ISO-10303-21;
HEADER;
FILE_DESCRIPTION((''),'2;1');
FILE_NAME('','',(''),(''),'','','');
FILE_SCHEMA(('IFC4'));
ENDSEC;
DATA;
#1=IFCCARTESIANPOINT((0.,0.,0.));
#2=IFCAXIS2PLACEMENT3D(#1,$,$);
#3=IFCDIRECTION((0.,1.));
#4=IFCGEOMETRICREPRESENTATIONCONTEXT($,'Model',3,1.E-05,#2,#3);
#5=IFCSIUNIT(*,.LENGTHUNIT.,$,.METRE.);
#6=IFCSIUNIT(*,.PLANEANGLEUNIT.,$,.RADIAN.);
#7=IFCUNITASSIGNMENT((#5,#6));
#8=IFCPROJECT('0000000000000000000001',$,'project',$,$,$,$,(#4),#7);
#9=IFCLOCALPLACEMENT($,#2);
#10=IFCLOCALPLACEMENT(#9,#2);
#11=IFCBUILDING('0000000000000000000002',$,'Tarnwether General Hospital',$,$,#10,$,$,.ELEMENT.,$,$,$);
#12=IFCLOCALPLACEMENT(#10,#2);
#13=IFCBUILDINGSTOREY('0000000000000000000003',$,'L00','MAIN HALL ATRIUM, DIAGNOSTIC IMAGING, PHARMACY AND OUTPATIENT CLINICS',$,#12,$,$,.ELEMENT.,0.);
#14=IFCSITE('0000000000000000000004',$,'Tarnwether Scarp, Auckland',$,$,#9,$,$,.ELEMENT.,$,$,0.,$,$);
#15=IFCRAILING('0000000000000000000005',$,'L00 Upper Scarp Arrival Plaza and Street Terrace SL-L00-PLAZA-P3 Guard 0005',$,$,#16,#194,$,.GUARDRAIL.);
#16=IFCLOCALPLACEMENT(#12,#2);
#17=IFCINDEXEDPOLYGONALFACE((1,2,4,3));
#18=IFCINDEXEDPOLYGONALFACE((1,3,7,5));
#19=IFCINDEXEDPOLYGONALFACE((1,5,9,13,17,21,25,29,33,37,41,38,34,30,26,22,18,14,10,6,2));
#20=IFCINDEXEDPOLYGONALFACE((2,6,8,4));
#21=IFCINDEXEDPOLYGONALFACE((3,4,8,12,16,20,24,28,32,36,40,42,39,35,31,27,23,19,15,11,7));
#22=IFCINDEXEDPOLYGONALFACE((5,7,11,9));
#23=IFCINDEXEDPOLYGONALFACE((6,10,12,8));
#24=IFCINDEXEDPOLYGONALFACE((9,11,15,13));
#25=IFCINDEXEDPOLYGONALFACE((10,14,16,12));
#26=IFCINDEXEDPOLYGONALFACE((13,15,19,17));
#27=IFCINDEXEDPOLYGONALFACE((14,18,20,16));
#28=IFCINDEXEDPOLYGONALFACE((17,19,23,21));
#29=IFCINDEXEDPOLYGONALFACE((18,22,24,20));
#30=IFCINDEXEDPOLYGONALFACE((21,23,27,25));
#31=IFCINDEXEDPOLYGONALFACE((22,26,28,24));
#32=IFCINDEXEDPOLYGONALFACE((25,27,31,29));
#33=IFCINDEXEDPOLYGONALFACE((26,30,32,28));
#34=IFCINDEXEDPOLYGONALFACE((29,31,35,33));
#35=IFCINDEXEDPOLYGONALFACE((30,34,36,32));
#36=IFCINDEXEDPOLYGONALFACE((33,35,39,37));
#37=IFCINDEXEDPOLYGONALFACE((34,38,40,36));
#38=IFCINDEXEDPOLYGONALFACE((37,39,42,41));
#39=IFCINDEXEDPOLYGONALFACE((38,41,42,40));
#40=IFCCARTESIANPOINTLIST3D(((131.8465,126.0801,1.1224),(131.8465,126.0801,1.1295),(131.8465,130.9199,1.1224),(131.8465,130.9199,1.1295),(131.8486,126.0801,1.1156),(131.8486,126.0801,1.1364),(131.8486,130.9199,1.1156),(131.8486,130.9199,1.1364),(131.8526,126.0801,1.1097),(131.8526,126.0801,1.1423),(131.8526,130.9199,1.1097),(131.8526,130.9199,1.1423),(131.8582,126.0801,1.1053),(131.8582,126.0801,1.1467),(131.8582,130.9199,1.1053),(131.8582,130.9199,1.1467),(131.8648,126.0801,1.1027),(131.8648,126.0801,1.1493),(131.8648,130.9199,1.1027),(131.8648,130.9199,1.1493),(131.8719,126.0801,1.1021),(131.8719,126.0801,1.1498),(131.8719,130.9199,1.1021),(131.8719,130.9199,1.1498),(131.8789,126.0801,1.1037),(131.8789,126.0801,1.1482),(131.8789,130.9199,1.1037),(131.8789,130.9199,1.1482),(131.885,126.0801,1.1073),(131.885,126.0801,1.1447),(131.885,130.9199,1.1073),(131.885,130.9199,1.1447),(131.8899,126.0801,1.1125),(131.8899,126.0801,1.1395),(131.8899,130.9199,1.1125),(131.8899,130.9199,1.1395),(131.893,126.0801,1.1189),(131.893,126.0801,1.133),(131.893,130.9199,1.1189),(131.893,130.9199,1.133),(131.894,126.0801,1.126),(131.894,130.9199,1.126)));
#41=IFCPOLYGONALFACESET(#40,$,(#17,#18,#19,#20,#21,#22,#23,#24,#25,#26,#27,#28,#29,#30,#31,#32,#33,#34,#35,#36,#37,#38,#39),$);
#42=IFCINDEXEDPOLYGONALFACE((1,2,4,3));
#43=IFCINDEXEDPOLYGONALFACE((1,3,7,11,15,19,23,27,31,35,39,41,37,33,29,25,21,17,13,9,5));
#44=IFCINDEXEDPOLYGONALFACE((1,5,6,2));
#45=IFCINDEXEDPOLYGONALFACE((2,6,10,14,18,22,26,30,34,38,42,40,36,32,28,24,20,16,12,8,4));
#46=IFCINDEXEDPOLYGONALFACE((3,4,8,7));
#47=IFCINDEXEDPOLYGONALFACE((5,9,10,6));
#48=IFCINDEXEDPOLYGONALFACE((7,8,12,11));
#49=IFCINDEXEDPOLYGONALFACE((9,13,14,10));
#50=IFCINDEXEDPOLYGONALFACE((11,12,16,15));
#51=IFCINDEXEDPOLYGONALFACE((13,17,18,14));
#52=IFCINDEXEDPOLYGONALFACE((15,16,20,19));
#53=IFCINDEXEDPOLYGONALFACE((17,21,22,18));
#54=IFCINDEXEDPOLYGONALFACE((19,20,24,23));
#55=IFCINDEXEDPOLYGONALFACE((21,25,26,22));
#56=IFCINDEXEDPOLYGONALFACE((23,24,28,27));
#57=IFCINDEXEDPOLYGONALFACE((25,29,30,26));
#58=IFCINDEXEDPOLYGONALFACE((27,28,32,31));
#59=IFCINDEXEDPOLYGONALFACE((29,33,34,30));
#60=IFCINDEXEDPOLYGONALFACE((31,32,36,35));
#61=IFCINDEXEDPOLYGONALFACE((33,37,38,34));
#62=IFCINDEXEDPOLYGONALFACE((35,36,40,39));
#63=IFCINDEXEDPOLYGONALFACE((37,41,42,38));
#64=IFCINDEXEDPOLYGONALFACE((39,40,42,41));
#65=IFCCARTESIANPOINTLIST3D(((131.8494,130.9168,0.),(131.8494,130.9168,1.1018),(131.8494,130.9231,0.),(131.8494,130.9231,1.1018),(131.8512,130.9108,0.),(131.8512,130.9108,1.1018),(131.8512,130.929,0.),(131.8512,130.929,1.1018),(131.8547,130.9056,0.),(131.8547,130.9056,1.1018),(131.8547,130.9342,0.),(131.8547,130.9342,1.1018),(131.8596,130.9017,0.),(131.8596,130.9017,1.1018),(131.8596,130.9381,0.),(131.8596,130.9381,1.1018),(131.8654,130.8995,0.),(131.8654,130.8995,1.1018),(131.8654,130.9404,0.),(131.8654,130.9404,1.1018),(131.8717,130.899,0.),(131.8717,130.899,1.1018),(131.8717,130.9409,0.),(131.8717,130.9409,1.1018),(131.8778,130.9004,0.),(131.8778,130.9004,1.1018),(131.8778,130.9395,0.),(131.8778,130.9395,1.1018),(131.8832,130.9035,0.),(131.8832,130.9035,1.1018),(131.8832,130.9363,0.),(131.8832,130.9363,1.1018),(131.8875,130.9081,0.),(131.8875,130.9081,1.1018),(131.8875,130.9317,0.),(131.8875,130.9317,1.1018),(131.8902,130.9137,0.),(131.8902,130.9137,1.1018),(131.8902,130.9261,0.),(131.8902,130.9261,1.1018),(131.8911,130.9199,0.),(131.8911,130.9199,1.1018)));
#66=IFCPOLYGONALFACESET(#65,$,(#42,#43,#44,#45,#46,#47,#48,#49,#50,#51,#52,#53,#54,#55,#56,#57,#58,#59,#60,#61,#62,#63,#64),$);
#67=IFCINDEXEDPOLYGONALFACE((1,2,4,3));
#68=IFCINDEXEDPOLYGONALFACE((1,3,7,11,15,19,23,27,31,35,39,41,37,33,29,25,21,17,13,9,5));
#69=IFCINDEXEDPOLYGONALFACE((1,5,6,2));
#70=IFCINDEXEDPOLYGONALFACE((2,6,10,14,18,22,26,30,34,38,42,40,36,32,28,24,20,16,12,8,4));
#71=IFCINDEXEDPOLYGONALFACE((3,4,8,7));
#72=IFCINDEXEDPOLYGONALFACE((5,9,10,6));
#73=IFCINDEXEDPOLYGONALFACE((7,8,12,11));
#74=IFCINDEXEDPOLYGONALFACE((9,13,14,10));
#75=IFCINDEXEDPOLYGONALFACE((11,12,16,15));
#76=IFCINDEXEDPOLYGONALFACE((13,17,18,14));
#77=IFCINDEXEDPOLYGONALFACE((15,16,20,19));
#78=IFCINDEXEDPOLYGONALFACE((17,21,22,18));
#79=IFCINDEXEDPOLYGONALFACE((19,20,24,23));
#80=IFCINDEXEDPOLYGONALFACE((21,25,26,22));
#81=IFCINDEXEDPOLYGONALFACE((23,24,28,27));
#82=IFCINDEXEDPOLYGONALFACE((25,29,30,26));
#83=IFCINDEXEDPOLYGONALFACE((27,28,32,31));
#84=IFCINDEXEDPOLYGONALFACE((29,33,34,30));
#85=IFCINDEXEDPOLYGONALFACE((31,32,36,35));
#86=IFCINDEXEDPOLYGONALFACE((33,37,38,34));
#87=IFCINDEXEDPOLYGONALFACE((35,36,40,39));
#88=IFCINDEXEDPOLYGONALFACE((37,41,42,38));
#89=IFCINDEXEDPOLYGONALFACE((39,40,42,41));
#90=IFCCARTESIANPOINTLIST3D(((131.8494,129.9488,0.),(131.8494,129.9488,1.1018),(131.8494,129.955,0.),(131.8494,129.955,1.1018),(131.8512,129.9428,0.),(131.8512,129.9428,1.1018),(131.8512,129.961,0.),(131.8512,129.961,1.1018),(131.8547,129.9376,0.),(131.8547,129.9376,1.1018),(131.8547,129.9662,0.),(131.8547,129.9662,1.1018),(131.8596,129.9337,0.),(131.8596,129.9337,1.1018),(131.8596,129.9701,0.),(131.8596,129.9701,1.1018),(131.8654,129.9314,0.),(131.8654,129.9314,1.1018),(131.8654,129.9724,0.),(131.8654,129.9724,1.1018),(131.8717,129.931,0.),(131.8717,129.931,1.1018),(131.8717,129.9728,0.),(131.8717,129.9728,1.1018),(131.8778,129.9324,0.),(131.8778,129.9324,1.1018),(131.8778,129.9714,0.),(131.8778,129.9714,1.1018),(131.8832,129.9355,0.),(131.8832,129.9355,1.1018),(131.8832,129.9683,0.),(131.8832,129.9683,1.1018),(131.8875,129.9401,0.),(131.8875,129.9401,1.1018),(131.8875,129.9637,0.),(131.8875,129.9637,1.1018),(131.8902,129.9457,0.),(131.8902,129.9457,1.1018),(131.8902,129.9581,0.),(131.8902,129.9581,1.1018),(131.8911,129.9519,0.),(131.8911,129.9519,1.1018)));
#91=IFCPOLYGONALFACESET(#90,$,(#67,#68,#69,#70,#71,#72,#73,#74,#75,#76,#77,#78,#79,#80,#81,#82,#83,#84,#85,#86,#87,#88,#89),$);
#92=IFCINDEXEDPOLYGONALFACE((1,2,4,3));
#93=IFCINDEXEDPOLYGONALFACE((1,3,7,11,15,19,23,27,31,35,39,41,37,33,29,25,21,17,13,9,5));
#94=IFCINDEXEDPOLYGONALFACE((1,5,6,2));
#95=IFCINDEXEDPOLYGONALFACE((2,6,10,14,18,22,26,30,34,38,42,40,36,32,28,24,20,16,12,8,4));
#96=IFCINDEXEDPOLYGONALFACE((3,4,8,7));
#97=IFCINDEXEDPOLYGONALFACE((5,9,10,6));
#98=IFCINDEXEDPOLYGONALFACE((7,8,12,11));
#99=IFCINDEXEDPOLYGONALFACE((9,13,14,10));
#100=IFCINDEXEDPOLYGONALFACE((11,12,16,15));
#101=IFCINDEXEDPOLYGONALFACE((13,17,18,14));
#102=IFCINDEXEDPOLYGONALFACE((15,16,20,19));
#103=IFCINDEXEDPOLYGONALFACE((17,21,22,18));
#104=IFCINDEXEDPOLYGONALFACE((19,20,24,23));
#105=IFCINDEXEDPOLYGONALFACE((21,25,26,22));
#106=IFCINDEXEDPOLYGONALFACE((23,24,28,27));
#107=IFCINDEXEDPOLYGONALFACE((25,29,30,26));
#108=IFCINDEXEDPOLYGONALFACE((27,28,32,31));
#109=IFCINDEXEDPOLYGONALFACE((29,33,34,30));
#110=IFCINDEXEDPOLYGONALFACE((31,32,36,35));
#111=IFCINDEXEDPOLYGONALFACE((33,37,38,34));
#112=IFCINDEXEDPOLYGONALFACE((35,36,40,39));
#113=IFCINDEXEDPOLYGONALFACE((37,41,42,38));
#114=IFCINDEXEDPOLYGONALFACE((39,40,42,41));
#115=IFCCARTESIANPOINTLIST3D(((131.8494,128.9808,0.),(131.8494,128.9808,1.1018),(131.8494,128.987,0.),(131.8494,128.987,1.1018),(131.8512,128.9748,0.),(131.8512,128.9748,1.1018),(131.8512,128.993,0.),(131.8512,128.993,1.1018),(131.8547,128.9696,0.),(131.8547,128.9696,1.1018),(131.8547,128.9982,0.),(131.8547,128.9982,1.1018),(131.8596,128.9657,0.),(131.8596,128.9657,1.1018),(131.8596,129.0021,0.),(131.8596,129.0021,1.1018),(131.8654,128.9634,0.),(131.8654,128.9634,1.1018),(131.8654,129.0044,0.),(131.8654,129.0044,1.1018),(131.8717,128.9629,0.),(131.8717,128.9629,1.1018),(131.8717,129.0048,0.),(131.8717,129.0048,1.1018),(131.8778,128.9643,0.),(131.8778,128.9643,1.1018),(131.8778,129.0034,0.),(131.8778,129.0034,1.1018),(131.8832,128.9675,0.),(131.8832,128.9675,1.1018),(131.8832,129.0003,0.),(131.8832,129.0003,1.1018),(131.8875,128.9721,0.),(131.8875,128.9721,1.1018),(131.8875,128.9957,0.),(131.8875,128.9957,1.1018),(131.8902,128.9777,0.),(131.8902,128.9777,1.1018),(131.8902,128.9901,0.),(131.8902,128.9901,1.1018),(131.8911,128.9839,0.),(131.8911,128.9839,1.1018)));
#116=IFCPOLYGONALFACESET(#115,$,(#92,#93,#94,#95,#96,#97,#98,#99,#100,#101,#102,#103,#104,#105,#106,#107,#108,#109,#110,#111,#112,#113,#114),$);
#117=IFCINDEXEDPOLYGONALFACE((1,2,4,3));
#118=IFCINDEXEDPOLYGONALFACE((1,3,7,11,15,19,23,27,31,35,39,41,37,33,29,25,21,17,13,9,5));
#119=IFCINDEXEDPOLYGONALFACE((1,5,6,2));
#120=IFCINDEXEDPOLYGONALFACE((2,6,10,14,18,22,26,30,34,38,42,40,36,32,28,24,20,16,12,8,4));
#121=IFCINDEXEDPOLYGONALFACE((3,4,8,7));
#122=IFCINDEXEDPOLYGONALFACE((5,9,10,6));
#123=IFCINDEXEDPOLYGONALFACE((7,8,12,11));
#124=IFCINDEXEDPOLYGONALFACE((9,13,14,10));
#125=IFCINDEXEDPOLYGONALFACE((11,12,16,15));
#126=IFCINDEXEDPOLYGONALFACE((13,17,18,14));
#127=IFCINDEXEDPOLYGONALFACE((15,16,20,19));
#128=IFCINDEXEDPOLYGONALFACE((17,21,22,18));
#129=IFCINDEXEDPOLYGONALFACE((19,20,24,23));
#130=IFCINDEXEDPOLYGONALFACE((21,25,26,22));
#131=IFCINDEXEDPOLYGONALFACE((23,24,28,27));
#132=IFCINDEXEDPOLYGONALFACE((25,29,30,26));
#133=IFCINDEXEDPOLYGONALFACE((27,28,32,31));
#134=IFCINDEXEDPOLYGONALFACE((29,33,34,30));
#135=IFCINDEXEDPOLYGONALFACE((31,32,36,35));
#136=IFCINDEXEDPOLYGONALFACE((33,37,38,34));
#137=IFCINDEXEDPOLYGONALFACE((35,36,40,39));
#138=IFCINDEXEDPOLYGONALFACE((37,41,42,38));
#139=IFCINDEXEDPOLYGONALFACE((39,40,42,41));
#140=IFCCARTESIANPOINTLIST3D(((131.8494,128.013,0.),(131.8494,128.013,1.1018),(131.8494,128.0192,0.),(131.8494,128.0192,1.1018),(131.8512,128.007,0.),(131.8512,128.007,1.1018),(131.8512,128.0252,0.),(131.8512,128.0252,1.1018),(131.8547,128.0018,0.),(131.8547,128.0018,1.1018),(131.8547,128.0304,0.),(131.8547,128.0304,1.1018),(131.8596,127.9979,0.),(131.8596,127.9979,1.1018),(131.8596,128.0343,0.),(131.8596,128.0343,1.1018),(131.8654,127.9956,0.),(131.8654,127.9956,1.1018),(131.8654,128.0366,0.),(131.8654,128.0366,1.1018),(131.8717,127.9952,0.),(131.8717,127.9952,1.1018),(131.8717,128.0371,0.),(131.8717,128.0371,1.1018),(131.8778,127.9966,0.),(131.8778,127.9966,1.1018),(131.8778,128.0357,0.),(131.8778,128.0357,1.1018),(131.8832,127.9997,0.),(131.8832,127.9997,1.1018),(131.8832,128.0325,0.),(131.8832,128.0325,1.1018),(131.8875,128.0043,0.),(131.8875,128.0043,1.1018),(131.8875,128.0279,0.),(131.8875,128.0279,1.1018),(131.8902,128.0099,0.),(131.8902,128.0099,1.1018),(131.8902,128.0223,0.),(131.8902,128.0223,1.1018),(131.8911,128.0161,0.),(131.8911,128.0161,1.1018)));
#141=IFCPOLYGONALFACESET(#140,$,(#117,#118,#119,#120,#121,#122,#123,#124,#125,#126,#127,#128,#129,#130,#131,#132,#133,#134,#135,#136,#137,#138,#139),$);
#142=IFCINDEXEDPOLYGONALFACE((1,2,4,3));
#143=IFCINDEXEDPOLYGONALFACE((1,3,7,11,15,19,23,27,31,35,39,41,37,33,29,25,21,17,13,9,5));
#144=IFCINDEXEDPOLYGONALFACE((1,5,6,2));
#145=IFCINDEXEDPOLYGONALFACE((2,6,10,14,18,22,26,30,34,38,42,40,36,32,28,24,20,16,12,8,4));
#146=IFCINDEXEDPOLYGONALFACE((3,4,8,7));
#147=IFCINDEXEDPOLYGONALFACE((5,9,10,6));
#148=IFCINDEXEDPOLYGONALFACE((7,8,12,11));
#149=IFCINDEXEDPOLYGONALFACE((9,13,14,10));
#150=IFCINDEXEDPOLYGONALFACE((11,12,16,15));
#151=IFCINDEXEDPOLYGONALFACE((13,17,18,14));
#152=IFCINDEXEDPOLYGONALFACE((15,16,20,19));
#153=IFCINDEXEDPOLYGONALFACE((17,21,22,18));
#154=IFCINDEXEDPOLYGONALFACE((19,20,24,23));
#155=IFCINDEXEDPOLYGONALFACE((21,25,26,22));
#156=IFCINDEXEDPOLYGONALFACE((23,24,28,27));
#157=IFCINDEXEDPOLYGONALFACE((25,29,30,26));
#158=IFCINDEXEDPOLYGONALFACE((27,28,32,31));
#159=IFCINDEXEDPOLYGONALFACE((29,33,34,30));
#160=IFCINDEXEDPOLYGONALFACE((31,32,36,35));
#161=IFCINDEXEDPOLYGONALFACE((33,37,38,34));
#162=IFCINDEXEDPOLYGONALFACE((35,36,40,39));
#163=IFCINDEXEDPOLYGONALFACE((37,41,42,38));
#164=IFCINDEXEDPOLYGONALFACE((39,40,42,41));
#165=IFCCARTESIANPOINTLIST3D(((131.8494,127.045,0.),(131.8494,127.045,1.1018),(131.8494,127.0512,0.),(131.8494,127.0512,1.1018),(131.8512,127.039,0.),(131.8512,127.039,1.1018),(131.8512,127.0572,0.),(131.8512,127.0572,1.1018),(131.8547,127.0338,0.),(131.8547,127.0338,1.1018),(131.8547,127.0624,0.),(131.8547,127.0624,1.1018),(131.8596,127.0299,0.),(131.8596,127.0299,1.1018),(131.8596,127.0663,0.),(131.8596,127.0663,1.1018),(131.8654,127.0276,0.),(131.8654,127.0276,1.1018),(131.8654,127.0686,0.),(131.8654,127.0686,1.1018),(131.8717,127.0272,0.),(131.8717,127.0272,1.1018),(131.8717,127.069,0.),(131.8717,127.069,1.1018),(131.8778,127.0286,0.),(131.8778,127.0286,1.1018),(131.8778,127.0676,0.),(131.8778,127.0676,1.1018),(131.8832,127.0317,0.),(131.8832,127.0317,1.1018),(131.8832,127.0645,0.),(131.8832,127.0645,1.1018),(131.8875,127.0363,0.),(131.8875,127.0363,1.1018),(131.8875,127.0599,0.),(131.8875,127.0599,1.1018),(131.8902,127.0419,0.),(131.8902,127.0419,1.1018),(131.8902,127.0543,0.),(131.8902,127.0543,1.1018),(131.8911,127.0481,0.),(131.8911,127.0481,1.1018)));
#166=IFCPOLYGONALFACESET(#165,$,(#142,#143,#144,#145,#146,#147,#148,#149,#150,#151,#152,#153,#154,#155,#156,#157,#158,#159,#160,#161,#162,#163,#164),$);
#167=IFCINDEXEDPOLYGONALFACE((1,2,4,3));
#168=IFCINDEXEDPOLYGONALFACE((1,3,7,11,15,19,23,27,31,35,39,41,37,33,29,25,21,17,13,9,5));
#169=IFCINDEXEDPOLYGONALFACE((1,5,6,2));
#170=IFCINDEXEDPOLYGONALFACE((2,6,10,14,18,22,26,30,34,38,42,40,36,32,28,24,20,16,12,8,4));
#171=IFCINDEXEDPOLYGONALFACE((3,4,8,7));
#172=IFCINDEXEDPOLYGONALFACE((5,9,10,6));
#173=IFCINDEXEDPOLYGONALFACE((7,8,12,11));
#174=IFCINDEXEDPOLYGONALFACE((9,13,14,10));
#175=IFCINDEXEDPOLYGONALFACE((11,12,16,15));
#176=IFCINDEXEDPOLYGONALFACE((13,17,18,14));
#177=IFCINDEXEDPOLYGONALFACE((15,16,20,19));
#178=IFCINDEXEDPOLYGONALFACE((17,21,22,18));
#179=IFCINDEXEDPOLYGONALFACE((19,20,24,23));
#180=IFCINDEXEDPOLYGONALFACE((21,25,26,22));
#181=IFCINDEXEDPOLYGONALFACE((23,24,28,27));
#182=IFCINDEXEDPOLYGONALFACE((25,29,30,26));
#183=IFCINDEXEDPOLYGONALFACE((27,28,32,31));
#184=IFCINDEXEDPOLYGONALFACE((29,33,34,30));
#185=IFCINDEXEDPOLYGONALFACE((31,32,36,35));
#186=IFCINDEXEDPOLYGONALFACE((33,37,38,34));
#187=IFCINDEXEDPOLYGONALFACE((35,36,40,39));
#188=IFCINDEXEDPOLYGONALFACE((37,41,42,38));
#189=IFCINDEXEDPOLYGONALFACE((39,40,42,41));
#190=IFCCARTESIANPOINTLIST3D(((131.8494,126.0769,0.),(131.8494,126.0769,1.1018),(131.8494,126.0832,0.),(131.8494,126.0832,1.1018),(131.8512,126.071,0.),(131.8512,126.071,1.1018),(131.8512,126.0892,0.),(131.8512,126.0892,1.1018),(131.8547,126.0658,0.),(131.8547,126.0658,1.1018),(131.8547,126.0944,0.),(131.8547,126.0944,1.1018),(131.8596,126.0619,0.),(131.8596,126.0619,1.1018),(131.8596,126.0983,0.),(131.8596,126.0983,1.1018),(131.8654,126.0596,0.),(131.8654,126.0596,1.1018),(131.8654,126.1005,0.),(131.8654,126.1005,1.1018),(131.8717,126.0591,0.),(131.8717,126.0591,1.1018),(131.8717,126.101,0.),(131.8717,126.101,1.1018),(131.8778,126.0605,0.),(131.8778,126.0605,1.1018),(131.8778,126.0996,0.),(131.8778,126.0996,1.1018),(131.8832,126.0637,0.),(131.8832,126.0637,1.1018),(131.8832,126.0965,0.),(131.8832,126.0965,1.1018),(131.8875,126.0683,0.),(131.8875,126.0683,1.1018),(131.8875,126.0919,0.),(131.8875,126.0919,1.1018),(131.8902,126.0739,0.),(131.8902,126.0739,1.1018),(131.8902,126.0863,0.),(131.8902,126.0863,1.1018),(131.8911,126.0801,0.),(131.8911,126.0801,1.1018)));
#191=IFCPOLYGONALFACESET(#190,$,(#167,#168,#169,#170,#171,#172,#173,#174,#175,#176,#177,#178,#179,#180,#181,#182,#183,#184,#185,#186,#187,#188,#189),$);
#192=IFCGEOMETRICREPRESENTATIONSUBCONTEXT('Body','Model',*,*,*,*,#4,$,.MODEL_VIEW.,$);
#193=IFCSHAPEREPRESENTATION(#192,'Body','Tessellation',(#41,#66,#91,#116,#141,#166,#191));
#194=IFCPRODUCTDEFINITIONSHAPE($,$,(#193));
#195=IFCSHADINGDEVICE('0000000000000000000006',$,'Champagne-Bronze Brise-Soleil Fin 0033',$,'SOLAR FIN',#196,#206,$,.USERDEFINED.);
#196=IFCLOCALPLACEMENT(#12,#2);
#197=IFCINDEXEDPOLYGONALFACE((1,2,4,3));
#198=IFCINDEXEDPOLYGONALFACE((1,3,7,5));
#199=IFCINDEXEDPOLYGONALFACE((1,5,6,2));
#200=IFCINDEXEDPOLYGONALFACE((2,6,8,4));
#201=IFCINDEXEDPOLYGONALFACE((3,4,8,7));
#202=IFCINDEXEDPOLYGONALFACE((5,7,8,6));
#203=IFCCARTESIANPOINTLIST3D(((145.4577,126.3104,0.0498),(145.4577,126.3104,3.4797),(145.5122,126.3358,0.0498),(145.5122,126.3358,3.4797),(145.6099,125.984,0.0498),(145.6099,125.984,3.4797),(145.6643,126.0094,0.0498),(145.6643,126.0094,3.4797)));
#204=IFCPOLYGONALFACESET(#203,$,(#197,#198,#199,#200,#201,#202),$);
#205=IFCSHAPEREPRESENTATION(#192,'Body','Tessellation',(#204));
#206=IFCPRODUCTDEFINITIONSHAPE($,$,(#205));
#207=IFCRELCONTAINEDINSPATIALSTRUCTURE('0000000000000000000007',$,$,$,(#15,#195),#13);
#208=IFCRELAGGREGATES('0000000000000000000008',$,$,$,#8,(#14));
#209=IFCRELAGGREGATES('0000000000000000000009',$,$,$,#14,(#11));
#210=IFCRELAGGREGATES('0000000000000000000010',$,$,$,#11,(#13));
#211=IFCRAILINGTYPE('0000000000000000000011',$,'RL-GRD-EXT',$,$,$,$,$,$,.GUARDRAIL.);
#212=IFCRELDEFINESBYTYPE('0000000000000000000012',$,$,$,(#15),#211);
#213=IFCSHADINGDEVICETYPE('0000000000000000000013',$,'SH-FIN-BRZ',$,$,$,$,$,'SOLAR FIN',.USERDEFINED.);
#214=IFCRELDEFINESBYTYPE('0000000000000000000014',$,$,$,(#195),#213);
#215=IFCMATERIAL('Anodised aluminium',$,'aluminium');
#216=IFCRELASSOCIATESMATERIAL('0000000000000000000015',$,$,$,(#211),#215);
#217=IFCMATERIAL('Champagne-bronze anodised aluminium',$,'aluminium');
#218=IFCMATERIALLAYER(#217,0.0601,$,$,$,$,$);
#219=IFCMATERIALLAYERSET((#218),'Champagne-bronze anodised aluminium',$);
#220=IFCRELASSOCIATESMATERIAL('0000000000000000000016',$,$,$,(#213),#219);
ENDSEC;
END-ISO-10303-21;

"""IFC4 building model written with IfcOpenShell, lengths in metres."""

from ifc_helpers import new_model, si_unit, direction, frame, origin, origin_2d, place, context, subcontext, project, spatial, rectangle, circle, extrude, material, layer, layer_set, type_object, element, save


model = new_model("IFC4")

# Units and contexts
model_context = context("Model", 3, precision=1e-05, world=origin(), true_north=direction((0.0, 1.0)))
body_context = subcontext(model_context, "Body", "Model", "MODEL_VIEW")
ifc_project = project(units=[si_unit("LENGTHUNIT", "METRE"), si_unit("PLANEANGLEUNIT", "RADIAN")], contexts=[model_context])

# Site, building, storey
site_placement = place(None, origin())
site = spatial("IfcSite", under=ifc_project, at=site_placement, Name="Tarnwether Scarp, Auckland", CompositionType="ELEMENT", RefElevation=0.0)
building_placement = place(site_placement, origin())
building = spatial("IfcBuilding", under=site, at=building_placement, Name="Tarnwether General Hospital", CompositionType="ELEMENT")
storey_placement = place(building_placement, origin())
storey = spatial("IfcBuildingStorey", under=building, at=storey_placement, Name="L00", Description="MAIN HALL ATRIUM, DIAGNOSTIC IMAGING, PHARMACY AND OUTPATIENT CLINICS", CompositionType="ELEMENT", Elevation=0.0)

# Railing
ifc_material_1 = material(Name="Anodised aluminium", Category="aluminium")
railing_type = type_object("IfcRailingType", Name="RL-GRD-EXT", PredefinedType="GUARDRAIL", material=ifc_material_1)
railing_1_placement = place(storey_placement, frame((131.8701, 130.9199, 0.0)))
element("IfcRailing", 1, at=railing_1_placement, inside=storey, type_object=railing_type, Name="L00 Upper Scarp Arrival Plaza and Street Terrace SL-L00-PLAZA-P3 Guard 0005", PredefinedType="GUARDRAIL", context=body_context, shape_type="SweptSolid", body=[
    extrude(circle(Radius=0.0239, at=origin_2d()), frame((0.0, 0.0, 1.126), z_axis=(0.0, -1.0, 0.0), x_axis=(1.0, 0.0, 0.0)), (0.0, 0.0, 1.0), 4.8398),
    extrude(circle(Radius=0.021, at=origin_2d()), origin(), (0.0, 0.0, 1.0), 1.1018),
    extrude(circle(Radius=0.021, at=origin_2d()), frame((0.0, -0.968, 0.0)), (0.0, 0.0, 1.0), 1.1018),
    extrude(circle(Radius=0.021, at=origin_2d()), frame((0.0, -1.936, 0.0)), (0.0, 0.0, 1.0), 1.1018),
    extrude(circle(Radius=0.021, at=origin_2d()), frame((0.0, -2.9038, 0.0)), (0.0, 0.0, 1.0), 1.1018),
    extrude(circle(Radius=0.021, at=origin_2d()), frame((0.0, -3.8718, 0.0)), (0.0, 0.0, 1.0), 1.1018),
    extrude(circle(Radius=0.021, at=origin_2d()), frame((0.0, -4.8398, 0.0)), (0.0, 0.0, 1.0), 1.1018),
])

# Shading device
ifc_material_2 = material(Name="Champagne-bronze anodised aluminium", Category="aluminium")
ifc_layer_1 = layer(ifc_material_2, 0.0601)
ifc_layer_set_1 = layer_set([ifc_layer_1], Name="Champagne-bronze anodised aluminium")
shading_device_type = type_object("IfcShadingDeviceType", Name="SH-FIN-BRZ", ElementType="SOLAR FIN", PredefinedType="USERDEFINED", material=ifc_layer_set_1)
shading_device_placement = place(storey_placement, frame((145.561, 126.1599, 0.0498), z_axis=(0.0, 0.0, 1.0), x_axis=(0.906308, 0.422618, 0.0)))
element("IfcShadingDevice", 2, at=shading_device_placement, inside=storey, type_object=shading_device_type, Name="Champagne-Bronze Brise-Soleil Fin 0033", ObjectType="SOLAR FIN", PredefinedType="USERDEFINED", context=body_context, shape_type="SweptSolid", body=[
    extrude(rectangle(XDim=0.0601, YDim=0.3601, at=origin_2d()), origin(), (0.0, 0.0, 1.0), 3.4299),
])

save(model, "model.ifc")
